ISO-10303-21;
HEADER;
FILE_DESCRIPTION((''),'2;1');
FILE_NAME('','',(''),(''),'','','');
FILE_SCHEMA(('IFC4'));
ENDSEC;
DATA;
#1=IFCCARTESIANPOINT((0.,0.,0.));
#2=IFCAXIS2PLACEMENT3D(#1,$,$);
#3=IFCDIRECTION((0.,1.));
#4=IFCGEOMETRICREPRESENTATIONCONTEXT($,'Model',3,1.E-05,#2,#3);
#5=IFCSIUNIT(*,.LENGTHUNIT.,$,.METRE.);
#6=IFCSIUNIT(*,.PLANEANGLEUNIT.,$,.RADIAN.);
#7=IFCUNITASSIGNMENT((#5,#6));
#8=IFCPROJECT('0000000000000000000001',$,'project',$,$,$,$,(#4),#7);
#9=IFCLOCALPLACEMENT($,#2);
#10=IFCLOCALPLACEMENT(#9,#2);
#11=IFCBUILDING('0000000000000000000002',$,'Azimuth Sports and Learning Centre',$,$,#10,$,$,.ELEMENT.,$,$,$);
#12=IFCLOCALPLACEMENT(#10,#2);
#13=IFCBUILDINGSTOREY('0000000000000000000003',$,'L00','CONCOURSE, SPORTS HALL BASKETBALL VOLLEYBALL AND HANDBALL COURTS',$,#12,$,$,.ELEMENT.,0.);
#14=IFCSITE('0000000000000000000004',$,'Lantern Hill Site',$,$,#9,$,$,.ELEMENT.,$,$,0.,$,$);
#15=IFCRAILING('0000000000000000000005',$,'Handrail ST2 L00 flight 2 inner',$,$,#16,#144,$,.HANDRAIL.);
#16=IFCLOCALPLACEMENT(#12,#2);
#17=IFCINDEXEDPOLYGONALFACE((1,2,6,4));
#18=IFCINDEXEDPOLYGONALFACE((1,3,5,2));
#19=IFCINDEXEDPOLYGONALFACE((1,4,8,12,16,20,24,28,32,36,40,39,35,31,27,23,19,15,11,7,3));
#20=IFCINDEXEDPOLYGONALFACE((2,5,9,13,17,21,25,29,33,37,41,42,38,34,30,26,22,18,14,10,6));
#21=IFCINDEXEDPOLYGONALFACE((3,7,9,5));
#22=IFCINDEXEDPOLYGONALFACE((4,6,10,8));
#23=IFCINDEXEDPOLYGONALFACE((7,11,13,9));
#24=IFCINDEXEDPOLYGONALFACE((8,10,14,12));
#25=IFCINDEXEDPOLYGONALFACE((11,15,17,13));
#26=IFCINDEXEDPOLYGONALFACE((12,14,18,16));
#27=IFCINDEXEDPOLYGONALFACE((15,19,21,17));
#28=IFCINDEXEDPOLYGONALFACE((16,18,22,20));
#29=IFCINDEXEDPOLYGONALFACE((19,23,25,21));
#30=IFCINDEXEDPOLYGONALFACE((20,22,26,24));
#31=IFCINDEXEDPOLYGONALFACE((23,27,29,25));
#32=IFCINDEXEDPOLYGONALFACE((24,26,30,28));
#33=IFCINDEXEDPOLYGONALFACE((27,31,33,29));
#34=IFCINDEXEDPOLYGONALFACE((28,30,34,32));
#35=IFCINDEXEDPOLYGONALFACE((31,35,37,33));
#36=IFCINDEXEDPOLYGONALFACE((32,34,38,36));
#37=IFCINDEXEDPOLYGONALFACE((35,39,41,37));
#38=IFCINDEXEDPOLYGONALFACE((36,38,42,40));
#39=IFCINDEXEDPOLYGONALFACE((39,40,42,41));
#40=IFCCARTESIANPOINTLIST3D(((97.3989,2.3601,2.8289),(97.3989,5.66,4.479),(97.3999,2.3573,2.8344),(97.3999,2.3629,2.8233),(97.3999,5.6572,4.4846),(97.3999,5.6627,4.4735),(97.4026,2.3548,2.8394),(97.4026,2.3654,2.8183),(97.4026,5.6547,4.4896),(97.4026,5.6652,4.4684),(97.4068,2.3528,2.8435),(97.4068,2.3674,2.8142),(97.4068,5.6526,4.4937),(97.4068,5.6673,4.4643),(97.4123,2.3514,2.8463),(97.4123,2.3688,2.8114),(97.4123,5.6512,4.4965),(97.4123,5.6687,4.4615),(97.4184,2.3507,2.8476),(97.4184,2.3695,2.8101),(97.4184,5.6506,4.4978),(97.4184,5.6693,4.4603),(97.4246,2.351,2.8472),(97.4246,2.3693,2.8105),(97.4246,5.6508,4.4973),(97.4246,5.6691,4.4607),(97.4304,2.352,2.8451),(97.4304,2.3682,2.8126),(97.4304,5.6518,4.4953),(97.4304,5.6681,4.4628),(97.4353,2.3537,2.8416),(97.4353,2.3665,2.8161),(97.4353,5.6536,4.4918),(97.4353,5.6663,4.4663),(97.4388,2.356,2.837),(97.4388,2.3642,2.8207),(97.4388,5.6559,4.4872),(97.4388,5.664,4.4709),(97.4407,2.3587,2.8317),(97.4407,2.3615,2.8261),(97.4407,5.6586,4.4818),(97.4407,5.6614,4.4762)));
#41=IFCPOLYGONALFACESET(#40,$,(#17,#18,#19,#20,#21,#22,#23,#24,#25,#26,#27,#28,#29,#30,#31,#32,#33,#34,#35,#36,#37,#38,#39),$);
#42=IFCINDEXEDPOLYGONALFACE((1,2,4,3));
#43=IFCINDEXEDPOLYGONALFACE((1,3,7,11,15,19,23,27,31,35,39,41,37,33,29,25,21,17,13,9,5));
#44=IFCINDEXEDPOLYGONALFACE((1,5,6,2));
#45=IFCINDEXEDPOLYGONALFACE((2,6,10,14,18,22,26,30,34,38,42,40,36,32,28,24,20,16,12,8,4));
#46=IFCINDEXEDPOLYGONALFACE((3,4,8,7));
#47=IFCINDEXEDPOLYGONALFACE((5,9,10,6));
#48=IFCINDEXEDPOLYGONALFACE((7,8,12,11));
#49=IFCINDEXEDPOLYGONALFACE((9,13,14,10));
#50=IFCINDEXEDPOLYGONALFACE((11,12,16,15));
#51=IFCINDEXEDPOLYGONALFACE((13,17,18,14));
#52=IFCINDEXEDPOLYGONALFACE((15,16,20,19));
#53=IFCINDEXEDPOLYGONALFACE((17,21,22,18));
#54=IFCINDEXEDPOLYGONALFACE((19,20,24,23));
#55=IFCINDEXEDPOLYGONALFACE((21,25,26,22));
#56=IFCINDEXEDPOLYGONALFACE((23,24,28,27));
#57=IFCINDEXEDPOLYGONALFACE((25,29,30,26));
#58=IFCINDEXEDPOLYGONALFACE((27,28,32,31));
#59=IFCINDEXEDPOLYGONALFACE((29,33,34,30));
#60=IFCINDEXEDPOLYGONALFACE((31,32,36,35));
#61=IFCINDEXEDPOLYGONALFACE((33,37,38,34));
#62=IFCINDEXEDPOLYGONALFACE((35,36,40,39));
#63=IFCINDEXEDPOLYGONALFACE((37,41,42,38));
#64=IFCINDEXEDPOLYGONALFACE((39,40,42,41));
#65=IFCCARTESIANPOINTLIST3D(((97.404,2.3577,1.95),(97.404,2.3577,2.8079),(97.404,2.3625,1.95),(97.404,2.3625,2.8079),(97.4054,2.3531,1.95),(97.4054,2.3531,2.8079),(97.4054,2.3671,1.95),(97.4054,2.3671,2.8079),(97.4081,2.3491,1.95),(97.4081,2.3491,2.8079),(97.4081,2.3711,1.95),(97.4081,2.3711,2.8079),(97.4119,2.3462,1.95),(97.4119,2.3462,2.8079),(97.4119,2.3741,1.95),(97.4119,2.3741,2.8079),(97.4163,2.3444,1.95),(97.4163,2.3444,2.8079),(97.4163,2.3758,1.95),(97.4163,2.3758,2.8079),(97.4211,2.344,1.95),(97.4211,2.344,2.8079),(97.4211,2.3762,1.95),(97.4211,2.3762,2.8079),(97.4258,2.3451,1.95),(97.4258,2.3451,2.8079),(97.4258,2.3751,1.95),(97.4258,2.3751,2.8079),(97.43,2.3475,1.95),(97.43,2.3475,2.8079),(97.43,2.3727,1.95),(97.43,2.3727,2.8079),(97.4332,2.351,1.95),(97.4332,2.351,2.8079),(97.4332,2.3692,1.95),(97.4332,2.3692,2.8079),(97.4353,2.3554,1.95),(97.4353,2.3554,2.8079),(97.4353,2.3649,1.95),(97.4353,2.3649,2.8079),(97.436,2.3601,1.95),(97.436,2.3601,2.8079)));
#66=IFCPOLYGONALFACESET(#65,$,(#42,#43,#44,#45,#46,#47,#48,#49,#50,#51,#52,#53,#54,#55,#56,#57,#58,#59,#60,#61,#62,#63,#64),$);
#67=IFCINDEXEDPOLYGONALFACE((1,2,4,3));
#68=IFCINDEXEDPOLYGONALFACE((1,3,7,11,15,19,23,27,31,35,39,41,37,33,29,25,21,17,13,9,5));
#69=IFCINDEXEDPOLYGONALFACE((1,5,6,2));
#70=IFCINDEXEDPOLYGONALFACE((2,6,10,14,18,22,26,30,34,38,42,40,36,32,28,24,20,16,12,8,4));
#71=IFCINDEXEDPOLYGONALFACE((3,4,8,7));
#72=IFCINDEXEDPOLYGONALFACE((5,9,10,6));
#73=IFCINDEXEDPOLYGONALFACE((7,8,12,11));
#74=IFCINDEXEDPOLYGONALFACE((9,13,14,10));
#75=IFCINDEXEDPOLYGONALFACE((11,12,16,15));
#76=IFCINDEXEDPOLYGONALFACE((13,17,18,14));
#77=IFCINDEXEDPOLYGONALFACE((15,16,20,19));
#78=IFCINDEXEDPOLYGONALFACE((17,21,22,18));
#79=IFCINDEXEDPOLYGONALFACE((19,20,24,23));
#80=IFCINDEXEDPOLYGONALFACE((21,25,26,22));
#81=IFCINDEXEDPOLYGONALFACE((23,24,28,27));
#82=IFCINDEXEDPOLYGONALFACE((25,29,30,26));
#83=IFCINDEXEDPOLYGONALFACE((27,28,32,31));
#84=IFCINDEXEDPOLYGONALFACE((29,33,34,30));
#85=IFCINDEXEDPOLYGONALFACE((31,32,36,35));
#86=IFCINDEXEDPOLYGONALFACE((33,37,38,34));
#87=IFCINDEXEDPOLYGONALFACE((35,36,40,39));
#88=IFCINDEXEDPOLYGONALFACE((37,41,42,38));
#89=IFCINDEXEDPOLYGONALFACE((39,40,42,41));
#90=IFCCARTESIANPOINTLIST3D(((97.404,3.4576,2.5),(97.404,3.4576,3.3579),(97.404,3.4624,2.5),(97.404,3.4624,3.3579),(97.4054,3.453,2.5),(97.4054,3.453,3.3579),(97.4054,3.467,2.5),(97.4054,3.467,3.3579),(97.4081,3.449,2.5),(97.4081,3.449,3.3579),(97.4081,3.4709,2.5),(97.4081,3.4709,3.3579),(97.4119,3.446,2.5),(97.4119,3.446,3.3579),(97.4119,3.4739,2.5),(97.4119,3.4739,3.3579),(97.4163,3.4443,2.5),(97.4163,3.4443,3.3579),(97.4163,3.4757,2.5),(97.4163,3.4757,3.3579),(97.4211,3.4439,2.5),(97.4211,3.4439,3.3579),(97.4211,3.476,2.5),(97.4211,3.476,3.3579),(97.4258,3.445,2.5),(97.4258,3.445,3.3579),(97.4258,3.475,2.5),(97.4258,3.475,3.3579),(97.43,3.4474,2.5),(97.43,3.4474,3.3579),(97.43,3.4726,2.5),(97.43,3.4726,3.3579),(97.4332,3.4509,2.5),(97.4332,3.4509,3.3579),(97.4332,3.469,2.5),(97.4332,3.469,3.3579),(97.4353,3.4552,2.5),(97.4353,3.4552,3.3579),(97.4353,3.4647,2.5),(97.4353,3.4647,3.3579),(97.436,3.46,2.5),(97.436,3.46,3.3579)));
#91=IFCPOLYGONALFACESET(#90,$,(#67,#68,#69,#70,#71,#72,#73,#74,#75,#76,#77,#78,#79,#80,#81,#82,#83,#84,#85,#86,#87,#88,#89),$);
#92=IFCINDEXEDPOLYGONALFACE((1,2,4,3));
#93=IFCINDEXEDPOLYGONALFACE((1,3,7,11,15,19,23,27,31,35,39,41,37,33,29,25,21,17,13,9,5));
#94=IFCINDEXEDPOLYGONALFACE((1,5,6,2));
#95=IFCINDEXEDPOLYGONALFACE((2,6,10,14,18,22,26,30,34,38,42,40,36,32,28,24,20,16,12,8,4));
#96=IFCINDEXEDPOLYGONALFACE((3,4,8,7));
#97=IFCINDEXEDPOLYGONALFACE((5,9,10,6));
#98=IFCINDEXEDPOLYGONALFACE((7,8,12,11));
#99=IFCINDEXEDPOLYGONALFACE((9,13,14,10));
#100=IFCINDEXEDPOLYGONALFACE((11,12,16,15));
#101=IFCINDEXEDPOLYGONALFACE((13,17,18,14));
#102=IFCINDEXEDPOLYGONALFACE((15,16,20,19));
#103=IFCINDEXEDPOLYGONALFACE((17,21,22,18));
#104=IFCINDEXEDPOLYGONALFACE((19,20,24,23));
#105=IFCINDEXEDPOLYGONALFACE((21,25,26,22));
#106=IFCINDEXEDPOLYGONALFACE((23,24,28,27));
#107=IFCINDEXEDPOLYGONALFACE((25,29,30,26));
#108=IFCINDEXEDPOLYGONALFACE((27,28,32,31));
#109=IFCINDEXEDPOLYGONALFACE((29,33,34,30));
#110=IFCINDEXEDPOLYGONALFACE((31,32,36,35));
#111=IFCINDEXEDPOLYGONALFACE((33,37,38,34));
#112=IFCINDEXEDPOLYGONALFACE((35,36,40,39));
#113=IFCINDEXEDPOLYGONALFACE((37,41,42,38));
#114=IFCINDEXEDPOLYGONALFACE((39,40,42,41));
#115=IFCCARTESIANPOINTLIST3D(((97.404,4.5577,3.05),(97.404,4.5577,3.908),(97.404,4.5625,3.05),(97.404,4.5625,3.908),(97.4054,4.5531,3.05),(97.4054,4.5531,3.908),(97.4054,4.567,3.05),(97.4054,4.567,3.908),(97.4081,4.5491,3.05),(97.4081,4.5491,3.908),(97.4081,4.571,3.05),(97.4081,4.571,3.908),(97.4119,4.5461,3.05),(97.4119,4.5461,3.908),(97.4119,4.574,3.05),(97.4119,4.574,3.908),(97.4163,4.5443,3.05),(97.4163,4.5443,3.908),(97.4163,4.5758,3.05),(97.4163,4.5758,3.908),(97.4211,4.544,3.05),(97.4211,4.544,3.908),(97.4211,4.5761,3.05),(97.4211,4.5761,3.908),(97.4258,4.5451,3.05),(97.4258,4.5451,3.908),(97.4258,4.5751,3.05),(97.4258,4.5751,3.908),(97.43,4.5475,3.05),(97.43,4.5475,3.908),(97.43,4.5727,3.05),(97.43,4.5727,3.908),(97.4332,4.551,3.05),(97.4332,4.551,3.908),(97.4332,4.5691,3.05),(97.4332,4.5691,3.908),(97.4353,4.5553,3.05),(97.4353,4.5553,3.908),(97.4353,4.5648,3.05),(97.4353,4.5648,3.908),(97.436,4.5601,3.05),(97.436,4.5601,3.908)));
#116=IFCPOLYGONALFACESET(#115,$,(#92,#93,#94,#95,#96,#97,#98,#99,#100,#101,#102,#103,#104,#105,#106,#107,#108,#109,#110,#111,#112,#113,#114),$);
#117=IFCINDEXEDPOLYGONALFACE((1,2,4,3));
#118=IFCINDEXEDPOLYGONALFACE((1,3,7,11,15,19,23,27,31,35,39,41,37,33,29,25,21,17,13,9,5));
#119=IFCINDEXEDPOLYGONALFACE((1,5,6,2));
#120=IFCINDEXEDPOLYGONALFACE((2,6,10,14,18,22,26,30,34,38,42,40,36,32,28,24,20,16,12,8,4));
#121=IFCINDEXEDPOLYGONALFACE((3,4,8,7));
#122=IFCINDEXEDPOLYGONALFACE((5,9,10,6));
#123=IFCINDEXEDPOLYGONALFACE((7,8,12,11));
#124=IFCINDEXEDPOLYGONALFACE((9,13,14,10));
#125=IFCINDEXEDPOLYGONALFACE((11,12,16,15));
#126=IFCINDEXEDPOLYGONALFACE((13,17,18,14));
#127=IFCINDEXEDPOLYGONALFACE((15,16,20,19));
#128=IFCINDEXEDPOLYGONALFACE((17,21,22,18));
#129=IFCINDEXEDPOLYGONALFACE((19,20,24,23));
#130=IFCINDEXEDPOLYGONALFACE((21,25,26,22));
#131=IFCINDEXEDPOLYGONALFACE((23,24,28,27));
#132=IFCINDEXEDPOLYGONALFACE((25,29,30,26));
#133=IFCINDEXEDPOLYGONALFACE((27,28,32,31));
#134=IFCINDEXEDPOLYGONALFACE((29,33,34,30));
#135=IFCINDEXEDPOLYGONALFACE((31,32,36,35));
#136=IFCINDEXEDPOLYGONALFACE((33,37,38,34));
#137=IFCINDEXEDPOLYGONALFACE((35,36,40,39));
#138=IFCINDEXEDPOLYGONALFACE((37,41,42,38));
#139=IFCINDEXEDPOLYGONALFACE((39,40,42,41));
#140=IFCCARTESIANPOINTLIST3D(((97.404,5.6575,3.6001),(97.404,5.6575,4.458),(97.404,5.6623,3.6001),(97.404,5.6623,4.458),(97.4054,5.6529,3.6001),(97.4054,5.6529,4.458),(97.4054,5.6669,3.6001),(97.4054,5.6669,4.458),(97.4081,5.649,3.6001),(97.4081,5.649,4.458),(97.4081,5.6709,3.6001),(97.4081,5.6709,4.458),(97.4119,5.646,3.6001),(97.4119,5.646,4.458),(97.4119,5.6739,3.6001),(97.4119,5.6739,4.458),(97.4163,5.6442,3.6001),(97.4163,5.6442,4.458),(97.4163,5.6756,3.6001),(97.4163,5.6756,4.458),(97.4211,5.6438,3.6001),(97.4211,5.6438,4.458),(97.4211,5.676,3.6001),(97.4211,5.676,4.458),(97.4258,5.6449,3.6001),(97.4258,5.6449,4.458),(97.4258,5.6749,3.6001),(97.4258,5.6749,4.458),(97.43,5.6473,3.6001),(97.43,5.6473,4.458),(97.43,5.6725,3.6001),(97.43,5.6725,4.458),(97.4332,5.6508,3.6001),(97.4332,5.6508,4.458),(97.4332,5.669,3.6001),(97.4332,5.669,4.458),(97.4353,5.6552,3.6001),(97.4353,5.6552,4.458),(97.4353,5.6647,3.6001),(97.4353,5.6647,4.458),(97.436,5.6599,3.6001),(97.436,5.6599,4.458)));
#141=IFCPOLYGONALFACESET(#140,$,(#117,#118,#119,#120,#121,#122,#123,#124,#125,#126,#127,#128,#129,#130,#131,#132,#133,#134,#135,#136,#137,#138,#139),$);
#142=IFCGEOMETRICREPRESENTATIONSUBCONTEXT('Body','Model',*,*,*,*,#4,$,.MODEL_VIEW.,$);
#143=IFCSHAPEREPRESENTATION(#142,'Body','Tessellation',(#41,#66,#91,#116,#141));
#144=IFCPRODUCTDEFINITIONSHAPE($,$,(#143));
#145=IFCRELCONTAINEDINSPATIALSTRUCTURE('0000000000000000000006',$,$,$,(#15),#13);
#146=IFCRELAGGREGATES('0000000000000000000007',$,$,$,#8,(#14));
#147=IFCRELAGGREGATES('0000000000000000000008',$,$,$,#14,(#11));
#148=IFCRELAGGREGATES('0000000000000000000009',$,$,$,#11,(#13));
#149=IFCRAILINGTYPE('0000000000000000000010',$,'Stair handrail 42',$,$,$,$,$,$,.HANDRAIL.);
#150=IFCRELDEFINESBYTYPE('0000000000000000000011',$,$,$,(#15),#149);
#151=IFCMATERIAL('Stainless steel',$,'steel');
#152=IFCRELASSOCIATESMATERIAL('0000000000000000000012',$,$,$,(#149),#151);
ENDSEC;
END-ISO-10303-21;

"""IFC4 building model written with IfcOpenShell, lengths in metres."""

from ifc_helpers import new_model, si_unit, direction, frame, origin, origin_2d, place, context, subcontext, project, spatial, circle, extrude, material, type_object, element, save


model = new_model("IFC4")

# Units and contexts
model_context = context("Model", 3, precision=1e-05, world=origin(), true_north=direction((0.0, 1.0)))
body_context = subcontext(model_context, "Body", "Model", "MODEL_VIEW")
ifc_project = project(units=[si_unit("LENGTHUNIT", "METRE"), si_unit("PLANEANGLEUNIT", "RADIAN")], contexts=[model_context])

# Site, building, storey
site_placement = place(None, origin())
site = spatial("IfcSite", under=ifc_project, at=site_placement, Name="Lantern Hill Site", CompositionType="ELEMENT", RefElevation=0.0)
building_placement = place(site_placement, origin())
building = spatial("IfcBuilding", under=site, at=building_placement, Name="Azimuth Sports and Learning Centre", CompositionType="ELEMENT")
storey_placement = place(building_placement, origin())
storey = spatial("IfcBuildingStorey", under=building, at=storey_placement, Name="L00", Description="CONCOURSE, SPORTS HALL BASKETBALL VOLLEYBALL AND HANDBALL COURTS", CompositionType="ELEMENT", Elevation=0.0)

# Railing
ifc_material_1 = material(Name="Stainless steel", Category="steel")
railing_type_1 = type_object("IfcRailingType", Name="Stair handrail 42", PredefinedType="HANDRAIL", material=ifc_material_1)
for number, where, name in (
    (1, (97.4199, 2.3601, 1.95), "Handrail ST2 L00 flight 2 inner"),
):
    element("IfcRailing", number, at=place(storey_placement, frame(where)), inside=storey, type_object=railing_type_1, Name=name, PredefinedType="HANDRAIL", context=body_context, shape_type="SweptSolid", body=[
        extrude(circle(Radius=0.021, at=origin_2d()), frame((0.0, 0.0, 0.8789), z_axis=(0.0, 0.894401, 0.447267), x_axis=(-1.0, 0.0, 0.0)), (0.0, 0.0, 1.0), 3.6895),
        extrude(circle(Radius=0.0161, at=origin_2d()), origin(), (0.0, 0.0, 1.0), 0.8579),
        extrude(circle(Radius=0.0161, at=origin_2d()), frame((0.0, 1.0999, 0.55)), (0.0, 0.0, 1.0), 0.8579),
        extrude(circle(Radius=0.0161, at=origin_2d()), frame((0.0, 2.2, 1.1001)), (0.0, 0.0, 1.0), 0.8579),
        extrude(circle(Radius=0.0161, at=origin_2d()), frame((0.0, 3.2998, 1.6501)), (0.0, 0.0, 1.0), 0.8579),
    ])

save(model, "model.ifc")
